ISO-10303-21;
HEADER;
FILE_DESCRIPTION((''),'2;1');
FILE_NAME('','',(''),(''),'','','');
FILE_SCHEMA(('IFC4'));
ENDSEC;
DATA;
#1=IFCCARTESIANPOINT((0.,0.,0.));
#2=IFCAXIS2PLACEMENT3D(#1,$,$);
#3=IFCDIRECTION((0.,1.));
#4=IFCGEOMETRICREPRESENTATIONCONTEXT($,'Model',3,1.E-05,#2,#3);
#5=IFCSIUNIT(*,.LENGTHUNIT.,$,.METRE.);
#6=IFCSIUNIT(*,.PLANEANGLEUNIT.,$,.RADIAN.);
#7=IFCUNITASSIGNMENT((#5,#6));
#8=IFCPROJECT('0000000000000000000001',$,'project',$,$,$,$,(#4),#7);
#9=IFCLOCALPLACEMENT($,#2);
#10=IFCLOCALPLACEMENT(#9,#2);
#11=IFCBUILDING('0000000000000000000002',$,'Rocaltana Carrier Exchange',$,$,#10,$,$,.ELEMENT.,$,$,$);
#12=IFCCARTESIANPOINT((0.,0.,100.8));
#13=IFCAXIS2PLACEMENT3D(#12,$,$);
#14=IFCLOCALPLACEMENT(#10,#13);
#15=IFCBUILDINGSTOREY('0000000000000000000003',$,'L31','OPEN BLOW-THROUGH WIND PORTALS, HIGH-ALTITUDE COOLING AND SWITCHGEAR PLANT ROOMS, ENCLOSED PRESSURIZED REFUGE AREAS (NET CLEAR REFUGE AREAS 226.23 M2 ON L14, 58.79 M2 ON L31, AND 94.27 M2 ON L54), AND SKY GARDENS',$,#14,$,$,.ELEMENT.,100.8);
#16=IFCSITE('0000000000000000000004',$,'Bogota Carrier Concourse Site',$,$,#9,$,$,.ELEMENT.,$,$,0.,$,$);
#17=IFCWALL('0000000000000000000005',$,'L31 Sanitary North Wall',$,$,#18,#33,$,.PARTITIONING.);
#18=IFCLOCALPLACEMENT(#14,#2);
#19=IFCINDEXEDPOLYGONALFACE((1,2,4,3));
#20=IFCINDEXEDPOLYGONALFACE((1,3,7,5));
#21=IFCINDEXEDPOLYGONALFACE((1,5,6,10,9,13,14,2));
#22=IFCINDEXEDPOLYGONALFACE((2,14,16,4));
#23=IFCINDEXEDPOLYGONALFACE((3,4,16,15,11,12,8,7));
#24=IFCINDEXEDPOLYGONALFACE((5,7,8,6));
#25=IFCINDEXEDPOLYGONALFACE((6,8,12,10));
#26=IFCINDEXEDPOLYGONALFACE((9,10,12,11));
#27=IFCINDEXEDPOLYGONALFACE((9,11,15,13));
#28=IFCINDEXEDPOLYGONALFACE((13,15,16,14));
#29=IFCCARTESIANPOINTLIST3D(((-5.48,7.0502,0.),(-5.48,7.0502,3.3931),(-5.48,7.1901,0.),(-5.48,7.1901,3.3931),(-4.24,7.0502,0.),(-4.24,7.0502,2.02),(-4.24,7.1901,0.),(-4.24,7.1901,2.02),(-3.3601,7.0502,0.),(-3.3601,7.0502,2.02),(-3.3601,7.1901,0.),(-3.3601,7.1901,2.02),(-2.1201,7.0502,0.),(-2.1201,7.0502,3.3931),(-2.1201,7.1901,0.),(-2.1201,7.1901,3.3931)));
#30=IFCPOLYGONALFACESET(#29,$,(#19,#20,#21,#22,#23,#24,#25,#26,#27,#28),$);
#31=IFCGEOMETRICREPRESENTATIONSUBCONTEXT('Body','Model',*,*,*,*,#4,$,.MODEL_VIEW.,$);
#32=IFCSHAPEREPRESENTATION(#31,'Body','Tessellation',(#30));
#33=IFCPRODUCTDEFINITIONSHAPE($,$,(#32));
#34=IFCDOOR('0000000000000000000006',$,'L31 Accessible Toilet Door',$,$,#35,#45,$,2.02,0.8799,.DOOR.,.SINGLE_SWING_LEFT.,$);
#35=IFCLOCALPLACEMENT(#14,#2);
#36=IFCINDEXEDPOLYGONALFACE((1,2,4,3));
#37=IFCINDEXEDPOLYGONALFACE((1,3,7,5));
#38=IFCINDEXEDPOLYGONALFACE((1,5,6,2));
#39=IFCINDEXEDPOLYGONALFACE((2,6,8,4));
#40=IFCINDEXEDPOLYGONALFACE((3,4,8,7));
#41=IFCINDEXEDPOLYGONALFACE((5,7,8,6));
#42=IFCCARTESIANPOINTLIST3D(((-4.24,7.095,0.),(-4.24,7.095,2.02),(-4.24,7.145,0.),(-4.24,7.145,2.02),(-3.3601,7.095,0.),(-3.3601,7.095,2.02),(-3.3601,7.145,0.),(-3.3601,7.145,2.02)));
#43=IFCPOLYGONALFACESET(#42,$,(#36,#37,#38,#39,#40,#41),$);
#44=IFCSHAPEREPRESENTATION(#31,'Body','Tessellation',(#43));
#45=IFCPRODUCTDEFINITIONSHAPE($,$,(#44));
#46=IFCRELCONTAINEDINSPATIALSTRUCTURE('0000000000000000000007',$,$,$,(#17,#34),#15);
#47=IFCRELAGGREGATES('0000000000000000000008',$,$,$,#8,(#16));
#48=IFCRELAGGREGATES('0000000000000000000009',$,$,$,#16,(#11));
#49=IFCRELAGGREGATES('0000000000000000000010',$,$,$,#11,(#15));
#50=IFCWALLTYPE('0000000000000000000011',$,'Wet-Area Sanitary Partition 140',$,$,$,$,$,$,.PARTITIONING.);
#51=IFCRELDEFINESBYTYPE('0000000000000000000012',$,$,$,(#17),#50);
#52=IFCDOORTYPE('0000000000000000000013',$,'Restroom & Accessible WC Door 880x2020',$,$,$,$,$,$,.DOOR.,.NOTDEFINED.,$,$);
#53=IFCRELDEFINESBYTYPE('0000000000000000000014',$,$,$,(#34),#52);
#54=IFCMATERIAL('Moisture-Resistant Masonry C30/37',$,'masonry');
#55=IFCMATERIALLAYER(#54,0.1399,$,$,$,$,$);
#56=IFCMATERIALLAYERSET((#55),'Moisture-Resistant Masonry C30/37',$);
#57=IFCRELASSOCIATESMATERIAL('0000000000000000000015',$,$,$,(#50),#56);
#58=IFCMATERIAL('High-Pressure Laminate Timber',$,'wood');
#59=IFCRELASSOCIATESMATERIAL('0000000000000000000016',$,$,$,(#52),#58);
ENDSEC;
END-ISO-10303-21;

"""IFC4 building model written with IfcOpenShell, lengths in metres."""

from ifc_helpers import new_model, si_unit, direction, frame, frame_2d, origin, place, context, subcontext, project, spatial, rectangle, extrude, material, layer, layer_set, type_object, element, fill, save


model = new_model("IFC4")

# Units and contexts
model_context = context("Model", 3, precision=1e-05, world=origin(), true_north=direction((0.0, 1.0)))
body_context = subcontext(model_context, "Body", "Model", "MODEL_VIEW")
ifc_project = project(units=[si_unit("LENGTHUNIT", "METRE"), si_unit("PLANEANGLEUNIT", "RADIAN")], contexts=[model_context])

# Site, building, storey
site_placement = place(None, origin())
site = spatial("IfcSite", under=ifc_project, at=site_placement, Name="Bogota Carrier Concourse Site", CompositionType="ELEMENT", RefElevation=0.0)
building_placement = place(site_placement, origin())
building = spatial("IfcBuilding", under=site, at=building_placement, Name="Rocaltana Carrier Exchange", CompositionType="ELEMENT")
storey_placement = place(building_placement, frame((0.0, 0.0, 100.8)))
storey = spatial("IfcBuildingStorey", under=building, at=storey_placement, Name="L31", Description="OPEN BLOW-THROUGH WIND PORTALS, HIGH-ALTITUDE COOLING AND SWITCHGEAR PLANT ROOMS, ENCLOSED PRESSURIZED REFUGE AREAS (NET CLEAR REFUGE AREAS 226.23 M2 ON L14, 58.79 M2 ON L31, AND 94.27 M2 ON L54), AND SKY GARDENS", CompositionType="ELEMENT", Elevation=100.8)

# Wall, opening, door
ifc_material_1 = material(Name="Moisture-Resistant Masonry C30/37", Category="masonry")
ifc_layer_1 = layer(ifc_material_1, 0.1399)
ifc_layer_set_1 = layer_set([ifc_layer_1], Name="Moisture-Resistant Masonry C30/37")
wall_type_1 = type_object("IfcWallType", Name="Wet-Area Sanitary Partition 140", PredefinedType="PARTITIONING", material=ifc_layer_set_1)
wall_1_placement = place(storey_placement, frame((-5.48, 7.1201, 0.0), z_axis=(0.0, 0.0, 1.0), x_axis=(1.0, 0.0, 0.0)))
wall_1 = element("IfcWall", 1, at=wall_1_placement, inside=storey, type_object=wall_type_1, Name="L31 Sanitary North Wall", PredefinedType="PARTITIONING", context=body_context, shape_type="SweptSolid", body=[
    extrude(rectangle(XDim=3.3599, YDim=0.1399, at=frame_2d((1.6799, 0.0))), origin(), (0.0, 0.0, 1.0), 3.3931),
])
opening_1_placement = place(wall_1_placement, frame((1.24, 0.0, 0.0)))
opening_1 = element("IfcOpeningElement", 2, at=opening_1_placement, cuts=wall_1, PredefinedType="OPENING", context=body_context, shape_type="SweptSolid", body=[
    extrude(rectangle(XDim=0.8799, YDim=2.02, at=frame_2d((0.4399, 1.01))), frame((0.0, 0.0798, 0.0), z_axis=(0.0, -1.0, 0.0), x_axis=(1.0, 0.0, 0.0)), (0.0, 0.0, 1.0), 0.1599),
])
ifc_material_2 = material(Name="High-Pressure Laminate Timber", Category="wood")
door_type_1 = type_object("IfcDoorType", Name="Restroom & Accessible WC Door 880x2020", OperationType="NOTDEFINED", PredefinedType="DOOR", material=ifc_material_2)
door_1_placement = place(opening_1_placement, origin())
door_1 = element("IfcDoor", 3, at=door_1_placement, inside=storey, type_object=door_type_1, Name="L31 Accessible Toilet Door", OperationType="SINGLE_SWING_LEFT", OverallHeight=2.02, OverallWidth=0.8799, PredefinedType="DOOR", context=body_context, shape_type="SweptSolid", body=[
    extrude(rectangle(XDim=0.8799, YDim=2.02, at=frame_2d((0.4399, 1.01))), frame((0.0, 0.0249, 0.0), z_axis=(0.0, -1.0, 0.0), x_axis=(1.0, 0.0, 0.0)), (0.0, 0.0, 1.0), 0.05),
])
fill(opening_1, door_1)

save(model, "model.ifc")
